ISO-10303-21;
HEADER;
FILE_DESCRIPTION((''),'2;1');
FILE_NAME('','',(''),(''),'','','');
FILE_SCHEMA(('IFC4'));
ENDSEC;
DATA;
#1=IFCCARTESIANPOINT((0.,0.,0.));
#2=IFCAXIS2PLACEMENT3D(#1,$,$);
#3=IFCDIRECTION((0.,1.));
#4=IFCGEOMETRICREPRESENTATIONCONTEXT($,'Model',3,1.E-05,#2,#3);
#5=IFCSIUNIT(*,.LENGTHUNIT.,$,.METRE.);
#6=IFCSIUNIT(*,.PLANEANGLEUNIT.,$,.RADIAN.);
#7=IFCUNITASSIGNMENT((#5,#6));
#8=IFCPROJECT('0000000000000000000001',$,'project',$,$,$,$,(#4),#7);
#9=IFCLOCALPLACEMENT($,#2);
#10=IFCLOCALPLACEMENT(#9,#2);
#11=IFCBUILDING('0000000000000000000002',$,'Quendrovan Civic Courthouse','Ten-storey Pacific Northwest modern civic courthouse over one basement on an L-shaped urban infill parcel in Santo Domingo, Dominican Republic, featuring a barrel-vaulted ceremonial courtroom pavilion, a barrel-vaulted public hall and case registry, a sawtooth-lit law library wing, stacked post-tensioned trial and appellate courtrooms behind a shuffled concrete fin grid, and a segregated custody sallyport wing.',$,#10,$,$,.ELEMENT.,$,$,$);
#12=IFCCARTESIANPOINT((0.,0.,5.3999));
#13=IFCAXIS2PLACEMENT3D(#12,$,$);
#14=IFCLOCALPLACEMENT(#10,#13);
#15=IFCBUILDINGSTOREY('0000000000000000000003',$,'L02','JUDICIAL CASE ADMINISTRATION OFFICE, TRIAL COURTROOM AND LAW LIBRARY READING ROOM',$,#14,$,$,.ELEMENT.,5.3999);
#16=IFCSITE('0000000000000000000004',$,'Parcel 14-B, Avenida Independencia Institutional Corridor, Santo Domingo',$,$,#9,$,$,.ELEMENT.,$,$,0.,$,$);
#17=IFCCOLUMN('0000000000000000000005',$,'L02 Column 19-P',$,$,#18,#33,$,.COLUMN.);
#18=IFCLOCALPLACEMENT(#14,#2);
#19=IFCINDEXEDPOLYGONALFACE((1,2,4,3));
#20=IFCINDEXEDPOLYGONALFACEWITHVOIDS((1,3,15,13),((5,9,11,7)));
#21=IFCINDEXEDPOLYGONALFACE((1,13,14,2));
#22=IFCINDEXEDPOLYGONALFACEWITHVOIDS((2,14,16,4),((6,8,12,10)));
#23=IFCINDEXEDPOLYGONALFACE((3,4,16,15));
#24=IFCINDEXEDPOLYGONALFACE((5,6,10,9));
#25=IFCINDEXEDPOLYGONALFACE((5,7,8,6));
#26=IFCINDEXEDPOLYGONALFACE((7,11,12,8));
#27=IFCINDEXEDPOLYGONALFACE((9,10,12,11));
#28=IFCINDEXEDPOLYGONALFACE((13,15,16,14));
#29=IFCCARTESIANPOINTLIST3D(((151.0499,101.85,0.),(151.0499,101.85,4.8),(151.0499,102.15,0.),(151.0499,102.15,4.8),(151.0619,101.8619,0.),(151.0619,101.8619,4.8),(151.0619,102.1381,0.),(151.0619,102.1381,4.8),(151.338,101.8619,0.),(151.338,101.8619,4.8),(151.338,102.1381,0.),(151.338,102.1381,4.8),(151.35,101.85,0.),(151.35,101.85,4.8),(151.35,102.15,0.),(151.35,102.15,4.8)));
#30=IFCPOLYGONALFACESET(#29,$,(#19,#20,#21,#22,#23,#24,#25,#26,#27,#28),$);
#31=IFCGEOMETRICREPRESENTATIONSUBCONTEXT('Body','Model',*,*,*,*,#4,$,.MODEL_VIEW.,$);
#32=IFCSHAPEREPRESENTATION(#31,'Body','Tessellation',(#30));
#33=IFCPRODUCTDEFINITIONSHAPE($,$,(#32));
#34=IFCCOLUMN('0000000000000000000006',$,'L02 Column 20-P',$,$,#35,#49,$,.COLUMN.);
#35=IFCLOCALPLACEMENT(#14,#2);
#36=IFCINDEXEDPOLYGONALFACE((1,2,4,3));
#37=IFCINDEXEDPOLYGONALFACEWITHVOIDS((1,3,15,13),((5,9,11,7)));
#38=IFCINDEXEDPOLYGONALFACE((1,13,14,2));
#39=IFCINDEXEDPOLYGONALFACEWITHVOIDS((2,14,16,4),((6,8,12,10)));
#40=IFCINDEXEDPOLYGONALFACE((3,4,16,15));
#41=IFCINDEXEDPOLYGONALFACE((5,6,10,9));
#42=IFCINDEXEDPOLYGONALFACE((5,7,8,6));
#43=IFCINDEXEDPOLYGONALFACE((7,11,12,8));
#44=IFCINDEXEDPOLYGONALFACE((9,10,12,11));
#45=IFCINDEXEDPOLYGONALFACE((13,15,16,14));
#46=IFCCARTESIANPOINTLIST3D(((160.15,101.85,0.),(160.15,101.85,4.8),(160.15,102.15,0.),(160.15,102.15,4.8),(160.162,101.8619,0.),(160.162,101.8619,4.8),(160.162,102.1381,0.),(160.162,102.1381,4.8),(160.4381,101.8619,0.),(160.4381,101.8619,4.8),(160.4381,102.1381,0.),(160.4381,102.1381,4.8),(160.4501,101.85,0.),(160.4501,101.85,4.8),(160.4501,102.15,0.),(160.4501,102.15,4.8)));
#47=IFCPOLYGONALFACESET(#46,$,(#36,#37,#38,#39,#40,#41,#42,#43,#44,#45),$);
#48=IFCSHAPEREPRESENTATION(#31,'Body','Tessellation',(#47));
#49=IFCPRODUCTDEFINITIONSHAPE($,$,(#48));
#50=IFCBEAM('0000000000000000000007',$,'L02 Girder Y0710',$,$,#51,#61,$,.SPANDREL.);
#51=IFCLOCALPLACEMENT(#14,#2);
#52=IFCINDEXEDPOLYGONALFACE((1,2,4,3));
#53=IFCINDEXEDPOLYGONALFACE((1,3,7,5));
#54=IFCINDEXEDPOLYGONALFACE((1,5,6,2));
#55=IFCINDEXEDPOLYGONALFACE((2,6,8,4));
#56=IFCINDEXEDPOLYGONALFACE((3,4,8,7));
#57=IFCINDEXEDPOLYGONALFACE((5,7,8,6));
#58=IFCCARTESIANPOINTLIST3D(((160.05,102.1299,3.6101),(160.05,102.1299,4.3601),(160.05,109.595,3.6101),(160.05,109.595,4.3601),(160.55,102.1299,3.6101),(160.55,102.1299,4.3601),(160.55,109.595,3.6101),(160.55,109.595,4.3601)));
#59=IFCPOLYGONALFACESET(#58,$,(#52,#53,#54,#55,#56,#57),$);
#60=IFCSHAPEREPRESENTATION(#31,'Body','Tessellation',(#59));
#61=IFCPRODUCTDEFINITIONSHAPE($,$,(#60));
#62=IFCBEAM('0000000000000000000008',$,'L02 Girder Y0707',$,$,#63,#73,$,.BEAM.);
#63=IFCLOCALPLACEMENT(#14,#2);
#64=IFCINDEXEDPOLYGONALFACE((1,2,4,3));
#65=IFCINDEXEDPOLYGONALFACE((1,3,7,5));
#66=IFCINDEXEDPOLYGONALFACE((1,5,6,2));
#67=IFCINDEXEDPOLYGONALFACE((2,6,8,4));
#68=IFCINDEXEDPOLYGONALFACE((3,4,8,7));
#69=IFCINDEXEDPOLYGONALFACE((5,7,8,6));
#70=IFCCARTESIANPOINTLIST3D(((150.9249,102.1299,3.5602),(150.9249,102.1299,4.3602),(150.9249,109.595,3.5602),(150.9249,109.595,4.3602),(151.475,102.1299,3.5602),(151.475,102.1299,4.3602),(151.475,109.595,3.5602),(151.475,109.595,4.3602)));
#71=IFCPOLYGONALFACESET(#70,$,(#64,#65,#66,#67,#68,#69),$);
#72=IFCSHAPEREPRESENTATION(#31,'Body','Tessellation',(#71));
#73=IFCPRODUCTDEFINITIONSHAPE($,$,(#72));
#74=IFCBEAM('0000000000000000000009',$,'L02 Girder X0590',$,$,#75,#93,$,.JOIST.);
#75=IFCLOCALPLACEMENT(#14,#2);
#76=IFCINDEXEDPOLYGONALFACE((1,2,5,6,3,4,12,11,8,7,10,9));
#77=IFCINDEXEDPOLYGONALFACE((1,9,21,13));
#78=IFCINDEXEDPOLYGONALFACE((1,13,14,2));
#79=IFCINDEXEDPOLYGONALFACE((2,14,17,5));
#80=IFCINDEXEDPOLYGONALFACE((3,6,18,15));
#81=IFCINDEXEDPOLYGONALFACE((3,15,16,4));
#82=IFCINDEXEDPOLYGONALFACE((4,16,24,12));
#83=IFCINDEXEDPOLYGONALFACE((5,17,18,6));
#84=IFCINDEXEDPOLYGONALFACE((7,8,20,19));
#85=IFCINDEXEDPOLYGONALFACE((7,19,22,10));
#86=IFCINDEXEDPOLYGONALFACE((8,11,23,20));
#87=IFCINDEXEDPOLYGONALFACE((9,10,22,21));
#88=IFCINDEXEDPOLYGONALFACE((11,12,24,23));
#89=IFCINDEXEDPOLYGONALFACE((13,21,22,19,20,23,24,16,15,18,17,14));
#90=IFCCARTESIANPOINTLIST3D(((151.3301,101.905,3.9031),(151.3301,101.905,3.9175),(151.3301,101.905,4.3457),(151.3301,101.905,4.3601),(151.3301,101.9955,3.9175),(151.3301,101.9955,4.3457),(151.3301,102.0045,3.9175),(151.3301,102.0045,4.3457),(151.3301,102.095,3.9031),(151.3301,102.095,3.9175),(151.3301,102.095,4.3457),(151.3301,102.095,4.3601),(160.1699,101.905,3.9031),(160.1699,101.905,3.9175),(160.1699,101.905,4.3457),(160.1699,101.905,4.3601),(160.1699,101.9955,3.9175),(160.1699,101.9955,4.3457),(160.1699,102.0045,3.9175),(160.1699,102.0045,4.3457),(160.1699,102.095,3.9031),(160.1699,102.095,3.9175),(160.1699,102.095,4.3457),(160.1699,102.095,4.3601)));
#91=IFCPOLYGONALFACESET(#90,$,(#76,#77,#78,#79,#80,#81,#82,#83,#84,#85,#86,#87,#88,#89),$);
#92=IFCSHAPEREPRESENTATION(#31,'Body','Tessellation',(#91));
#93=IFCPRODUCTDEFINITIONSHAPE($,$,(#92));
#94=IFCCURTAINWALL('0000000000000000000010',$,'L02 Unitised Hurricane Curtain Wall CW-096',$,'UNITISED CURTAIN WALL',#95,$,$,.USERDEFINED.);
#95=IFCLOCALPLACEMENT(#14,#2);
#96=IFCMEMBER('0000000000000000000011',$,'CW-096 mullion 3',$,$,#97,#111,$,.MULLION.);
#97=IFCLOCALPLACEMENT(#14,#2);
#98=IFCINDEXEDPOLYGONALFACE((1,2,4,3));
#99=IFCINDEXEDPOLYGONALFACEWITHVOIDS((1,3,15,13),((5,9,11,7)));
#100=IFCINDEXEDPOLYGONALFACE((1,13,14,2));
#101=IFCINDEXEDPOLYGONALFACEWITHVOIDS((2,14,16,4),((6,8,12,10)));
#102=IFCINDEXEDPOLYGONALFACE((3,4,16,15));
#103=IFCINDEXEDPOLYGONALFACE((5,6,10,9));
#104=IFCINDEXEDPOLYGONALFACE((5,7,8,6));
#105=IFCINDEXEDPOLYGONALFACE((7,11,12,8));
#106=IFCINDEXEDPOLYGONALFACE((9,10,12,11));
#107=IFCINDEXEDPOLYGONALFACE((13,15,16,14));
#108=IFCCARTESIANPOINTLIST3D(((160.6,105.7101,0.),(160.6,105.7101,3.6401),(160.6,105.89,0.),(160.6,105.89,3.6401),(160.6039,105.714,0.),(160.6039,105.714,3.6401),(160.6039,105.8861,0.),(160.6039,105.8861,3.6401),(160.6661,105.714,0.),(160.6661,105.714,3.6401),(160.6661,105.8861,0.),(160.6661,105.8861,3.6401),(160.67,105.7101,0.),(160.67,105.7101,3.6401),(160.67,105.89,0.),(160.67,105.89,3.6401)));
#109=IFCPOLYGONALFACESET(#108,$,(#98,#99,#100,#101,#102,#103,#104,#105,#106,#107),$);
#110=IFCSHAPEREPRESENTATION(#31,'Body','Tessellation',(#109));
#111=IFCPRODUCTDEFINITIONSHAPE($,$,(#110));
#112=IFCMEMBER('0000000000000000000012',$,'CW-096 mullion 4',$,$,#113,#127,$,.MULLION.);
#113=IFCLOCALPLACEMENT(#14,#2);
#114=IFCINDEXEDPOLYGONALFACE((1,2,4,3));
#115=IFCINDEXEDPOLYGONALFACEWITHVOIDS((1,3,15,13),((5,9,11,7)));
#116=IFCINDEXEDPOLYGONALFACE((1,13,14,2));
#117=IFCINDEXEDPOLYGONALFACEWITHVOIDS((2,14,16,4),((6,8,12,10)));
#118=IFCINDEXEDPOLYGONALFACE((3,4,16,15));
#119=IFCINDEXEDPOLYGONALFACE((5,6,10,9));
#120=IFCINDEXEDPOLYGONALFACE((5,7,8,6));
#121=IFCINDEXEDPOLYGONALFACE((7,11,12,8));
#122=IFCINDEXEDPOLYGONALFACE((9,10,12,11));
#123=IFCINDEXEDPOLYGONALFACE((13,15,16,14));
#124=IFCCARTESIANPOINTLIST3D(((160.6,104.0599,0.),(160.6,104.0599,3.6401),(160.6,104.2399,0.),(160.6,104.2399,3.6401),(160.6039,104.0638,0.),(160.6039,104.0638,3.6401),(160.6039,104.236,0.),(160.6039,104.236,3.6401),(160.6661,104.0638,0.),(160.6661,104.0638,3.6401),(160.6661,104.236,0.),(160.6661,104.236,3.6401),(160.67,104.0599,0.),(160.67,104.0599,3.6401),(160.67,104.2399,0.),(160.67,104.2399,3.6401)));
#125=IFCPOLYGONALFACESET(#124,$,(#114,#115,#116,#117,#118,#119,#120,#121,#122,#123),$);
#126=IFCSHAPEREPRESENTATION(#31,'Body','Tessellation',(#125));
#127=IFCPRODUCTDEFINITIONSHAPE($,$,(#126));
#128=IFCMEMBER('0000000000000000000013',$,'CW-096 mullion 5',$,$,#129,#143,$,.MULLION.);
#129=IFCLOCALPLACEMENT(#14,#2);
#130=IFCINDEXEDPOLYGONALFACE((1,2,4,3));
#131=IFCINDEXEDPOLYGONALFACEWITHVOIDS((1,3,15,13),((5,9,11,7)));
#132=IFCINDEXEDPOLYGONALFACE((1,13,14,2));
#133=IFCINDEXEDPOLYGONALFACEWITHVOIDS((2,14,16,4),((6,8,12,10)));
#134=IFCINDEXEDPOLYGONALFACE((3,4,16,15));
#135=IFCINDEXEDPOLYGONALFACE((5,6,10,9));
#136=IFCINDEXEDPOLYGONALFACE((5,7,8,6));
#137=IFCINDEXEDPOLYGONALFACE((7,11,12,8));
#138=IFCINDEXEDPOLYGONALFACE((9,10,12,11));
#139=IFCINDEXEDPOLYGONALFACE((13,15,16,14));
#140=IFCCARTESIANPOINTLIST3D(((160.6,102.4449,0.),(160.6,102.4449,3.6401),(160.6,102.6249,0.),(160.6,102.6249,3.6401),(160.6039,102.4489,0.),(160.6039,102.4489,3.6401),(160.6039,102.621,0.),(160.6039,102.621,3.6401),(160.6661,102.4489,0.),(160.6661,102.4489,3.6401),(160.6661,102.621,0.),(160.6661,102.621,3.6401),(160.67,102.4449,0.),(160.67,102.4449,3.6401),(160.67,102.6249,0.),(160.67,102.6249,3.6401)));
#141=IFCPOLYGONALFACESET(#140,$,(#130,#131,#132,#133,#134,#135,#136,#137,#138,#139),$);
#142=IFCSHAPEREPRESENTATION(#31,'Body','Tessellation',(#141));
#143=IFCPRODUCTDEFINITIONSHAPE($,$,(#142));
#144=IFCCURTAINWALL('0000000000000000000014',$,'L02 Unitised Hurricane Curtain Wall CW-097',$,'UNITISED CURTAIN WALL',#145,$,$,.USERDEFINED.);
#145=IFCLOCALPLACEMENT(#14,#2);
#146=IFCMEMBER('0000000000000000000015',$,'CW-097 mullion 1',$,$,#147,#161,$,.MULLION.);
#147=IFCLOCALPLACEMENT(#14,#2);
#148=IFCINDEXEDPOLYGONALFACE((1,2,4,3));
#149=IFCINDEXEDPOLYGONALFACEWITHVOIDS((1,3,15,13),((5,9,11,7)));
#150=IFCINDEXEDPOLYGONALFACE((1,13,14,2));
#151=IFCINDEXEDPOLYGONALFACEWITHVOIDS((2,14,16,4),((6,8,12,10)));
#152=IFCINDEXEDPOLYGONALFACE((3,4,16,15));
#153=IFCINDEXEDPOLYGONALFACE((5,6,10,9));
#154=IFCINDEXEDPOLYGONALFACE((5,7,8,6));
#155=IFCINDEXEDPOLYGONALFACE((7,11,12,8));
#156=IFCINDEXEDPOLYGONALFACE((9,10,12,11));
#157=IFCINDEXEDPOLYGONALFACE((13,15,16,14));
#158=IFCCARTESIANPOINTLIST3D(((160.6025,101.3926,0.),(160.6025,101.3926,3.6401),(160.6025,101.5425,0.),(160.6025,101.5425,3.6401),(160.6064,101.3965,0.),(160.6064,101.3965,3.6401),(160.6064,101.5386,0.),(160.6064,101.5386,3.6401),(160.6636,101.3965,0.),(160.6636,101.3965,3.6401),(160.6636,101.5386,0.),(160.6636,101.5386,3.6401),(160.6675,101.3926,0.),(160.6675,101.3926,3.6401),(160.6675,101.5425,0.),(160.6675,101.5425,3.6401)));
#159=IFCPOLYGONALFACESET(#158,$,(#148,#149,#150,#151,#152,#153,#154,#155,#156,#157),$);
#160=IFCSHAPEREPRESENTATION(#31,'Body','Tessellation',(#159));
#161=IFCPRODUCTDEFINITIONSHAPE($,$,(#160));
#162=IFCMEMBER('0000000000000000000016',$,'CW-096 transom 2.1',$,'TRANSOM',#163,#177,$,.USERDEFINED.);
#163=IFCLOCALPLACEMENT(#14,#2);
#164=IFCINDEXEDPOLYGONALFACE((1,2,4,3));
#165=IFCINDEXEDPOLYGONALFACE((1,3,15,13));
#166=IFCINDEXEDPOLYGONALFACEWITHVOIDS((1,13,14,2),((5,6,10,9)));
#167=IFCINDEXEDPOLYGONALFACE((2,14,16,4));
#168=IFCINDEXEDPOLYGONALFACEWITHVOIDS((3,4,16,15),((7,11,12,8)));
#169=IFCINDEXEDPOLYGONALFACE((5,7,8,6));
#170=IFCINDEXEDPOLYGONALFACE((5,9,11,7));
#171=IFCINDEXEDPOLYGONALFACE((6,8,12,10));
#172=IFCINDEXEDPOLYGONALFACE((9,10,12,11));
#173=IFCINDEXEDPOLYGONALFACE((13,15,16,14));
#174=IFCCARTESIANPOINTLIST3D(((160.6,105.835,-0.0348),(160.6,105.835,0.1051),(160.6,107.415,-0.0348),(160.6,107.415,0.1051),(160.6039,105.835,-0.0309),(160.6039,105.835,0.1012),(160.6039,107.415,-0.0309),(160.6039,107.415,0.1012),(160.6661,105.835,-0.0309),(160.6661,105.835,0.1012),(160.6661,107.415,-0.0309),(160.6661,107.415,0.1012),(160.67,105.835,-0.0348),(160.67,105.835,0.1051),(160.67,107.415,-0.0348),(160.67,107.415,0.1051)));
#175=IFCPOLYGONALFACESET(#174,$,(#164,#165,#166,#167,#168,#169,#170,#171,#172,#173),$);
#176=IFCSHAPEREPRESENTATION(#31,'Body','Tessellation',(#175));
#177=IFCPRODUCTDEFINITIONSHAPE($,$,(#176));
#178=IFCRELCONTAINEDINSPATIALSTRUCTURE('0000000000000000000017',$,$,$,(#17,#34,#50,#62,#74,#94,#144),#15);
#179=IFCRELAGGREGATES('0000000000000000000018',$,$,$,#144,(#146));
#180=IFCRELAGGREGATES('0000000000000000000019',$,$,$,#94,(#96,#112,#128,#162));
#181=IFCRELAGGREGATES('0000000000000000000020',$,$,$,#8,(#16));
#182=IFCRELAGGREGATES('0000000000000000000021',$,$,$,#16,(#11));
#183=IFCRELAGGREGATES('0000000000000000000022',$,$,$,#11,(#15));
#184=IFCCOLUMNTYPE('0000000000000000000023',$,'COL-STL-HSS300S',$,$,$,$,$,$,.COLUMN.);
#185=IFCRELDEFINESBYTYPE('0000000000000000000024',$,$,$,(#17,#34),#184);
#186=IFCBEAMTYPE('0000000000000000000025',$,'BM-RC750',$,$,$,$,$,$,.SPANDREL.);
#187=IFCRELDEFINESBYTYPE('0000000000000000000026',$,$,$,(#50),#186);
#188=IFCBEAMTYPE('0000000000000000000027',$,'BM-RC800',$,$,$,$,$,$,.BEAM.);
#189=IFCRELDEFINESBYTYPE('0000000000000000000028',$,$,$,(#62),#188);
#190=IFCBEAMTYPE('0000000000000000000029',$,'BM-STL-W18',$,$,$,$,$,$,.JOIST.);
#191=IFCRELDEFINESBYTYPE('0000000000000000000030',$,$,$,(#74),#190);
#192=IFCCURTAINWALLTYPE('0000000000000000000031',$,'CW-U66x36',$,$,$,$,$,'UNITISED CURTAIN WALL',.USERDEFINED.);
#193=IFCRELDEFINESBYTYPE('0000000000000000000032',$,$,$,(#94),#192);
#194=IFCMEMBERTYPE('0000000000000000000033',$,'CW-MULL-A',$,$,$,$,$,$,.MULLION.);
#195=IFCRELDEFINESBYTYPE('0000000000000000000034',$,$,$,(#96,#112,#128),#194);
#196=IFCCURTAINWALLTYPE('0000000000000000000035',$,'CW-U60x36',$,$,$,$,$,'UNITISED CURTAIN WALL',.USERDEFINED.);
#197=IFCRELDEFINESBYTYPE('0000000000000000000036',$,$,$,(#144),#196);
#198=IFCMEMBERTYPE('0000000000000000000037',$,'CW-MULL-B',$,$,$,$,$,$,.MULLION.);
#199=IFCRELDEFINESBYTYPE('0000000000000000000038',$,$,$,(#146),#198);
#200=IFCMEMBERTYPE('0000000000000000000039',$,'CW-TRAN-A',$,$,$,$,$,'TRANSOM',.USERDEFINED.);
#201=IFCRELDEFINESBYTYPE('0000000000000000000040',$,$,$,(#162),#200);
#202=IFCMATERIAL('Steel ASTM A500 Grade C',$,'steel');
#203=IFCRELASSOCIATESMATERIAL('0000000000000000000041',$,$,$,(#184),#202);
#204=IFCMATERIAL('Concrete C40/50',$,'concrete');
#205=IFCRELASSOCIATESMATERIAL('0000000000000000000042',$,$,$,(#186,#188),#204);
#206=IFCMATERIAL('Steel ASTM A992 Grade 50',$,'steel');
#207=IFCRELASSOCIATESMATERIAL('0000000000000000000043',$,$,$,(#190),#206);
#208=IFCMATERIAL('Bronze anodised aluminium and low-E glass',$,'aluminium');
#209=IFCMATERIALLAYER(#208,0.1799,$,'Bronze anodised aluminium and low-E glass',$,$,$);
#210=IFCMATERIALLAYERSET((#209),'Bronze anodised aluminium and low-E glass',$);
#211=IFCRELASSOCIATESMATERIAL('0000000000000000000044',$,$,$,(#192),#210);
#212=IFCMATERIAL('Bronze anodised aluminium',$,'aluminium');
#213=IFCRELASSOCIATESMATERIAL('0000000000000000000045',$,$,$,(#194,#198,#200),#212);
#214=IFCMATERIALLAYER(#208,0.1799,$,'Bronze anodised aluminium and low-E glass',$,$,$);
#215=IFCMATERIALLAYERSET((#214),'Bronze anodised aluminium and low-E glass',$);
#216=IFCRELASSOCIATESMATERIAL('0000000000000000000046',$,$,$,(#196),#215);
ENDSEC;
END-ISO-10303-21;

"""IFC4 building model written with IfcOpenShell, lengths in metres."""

from ifc_helpers import new_model, si_unit, direction, frame, origin, origin_2d, place, context, subcontext, project, spatial, rectangle, hollow_rectangle, i_section, extrude, material, layer, layer_set, material_profile, profile_set, type_object, element, aggregate, save


model = new_model("IFC4")

# Units and contexts
model_context = context("Model", 3, precision=1e-05, world=origin(), true_north=direction((0.0, 1.0)))
body_context = subcontext(model_context, "Body", "Model", "MODEL_VIEW")
ifc_project = project(units=[si_unit("LENGTHUNIT", "METRE"), si_unit("PLANEANGLEUNIT", "RADIAN")], contexts=[model_context])

# Site, building, storey
site_placement = place(None, origin())
site = spatial("IfcSite", under=ifc_project, at=site_placement, Name="Parcel 14-B, Avenida Independencia Institutional Corridor, Santo Domingo", CompositionType="ELEMENT", RefElevation=0.0)
building_placement = place(site_placement, origin())
building = spatial("IfcBuilding", under=site, at=building_placement, Name="Quendrovan Civic Courthouse", Description="Ten-storey Pacific Northwest modern civic courthouse over one basement on an L-shaped urban infill parcel in Santo Domingo, Dominican Republic, featuring a barrel-vaulted ceremonial courtroom pavilion, a barrel-vaulted public hall and case registry, a sawtooth-lit law library wing, stacked post-tensioned trial and appellate courtrooms behind a shuffled concrete fin grid, and a segregated custody sallyport wing.", CompositionType="ELEMENT")
storey_placement = place(building_placement, frame((0.0, 0.0, 5.3999)))
storey = spatial("IfcBuildingStorey", under=building, at=storey_placement, Name="L02", Description="JUDICIAL CASE ADMINISTRATION OFFICE, TRIAL COURTROOM AND LAW LIBRARY READING ROOM", CompositionType="ELEMENT", Elevation=5.3999)

# Columns
ifc_material_1 = material(Name="Steel ASTM A500 Grade C", Category="steel")
ifc_material_profile_1 = material_profile(ifc_material_1, hollow_rectangle(XDim=0.3, YDim=0.3, WallThickness=0.012, at=origin_2d()), Name="HSS300x300x12")
ifc_profile_set_1 = profile_set([ifc_material_profile_1], Name="Steel ASTM A500 Grade C")
column_type = type_object("IfcColumnType", Name="COL-STL-HSS300S", PredefinedType="COLUMN", material=ifc_profile_set_1)
for number, where, z_axis, x_axis, name in (
    (1, (151.2, 102.0, 0.0), (0.0, 0.0, 1.0), (1.0, 0.0, 0.0), "L02 Column 19-P"),
    (2, (160.3, 102.0, 0.0), (0.0, 0.0, 1.0), (1.0, 0.0, 0.0), "L02 Column 20-P"),
):
    element("IfcColumn", number, at=place(storey_placement, frame(where, z_axis=z_axis, x_axis=x_axis)), inside=storey, type_object=column_type, Name=name, PredefinedType="COLUMN", context=body_context, shape_type="SweptSolid", body=[
        extrude(hollow_rectangle(XDim=0.3, YDim=0.3, WallThickness=0.012, at=origin_2d()), origin(), (0.0, 0.0, 1.0), 4.8),
    ])

# Beams
ifc_material_2 = material(Name="Concrete C40/50", Category="concrete")
ifc_material_profile_2 = material_profile(ifc_material_2, rectangle(XDim=0.5, YDim=0.75, at=origin_2d()), Name="RC-BM-500x750")
ifc_profile_set_2 = profile_set([ifc_material_profile_2], Name="Concrete C40/50")
beam_type_1 = type_object("IfcBeamType", Name="BM-RC750", PredefinedType="SPANDREL", material=ifc_profile_set_2)
beam_1_placement = place(storey_placement, frame((160.3, 102.1299, 3.9851), z_axis=(0.0, 1.0, 0.0), x_axis=(-1.0, 0.0, 0.0)))
element("IfcBeam", 3, at=beam_1_placement, inside=storey, type_object=beam_type_1, Name="L02 Girder Y0710", PredefinedType="SPANDREL", context=body_context, shape_type="SweptSolid", body=[
    extrude(rectangle(XDim=0.5, YDim=0.75, at=origin_2d()), origin(), (0.0, 0.0, 1.0), 7.4651),
])
ifc_material_profile_3 = material_profile(ifc_material_2, rectangle(XDim=0.55, YDim=0.8, at=origin_2d()), Name="RC-BM-550x800")
ifc_profile_set_3 = profile_set([ifc_material_profile_3], Name="Concrete C40/50")
beam_type_2 = type_object("IfcBeamType", Name="BM-RC800", PredefinedType="BEAM", material=ifc_profile_set_3)
beam_2_placement = place(storey_placement, frame((151.2, 102.1299, 3.9602), z_axis=(0.0, 1.0, 0.0), x_axis=(-1.0, 0.0, 0.0)))
element("IfcBeam", 4, at=beam_2_placement, inside=storey, type_object=beam_type_2, Name="L02 Girder Y0707", PredefinedType="BEAM", context=body_context, shape_type="SweptSolid", body=[
    extrude(rectangle(XDim=0.55, YDim=0.8, at=origin_2d()), origin(), (0.0, 0.0, 1.0), 7.4651),
])
ifc_material_3 = material(Name="Steel ASTM A992 Grade 50", Category="steel")
ifc_material_profile_4 = material_profile(ifc_material_3, i_section(OverallWidth=0.1899, OverallDepth=0.457, WebThickness=0.009, FlangeThickness=0.0144, at=origin_2d()), Name="W18X50")
ifc_profile_set_4 = profile_set([ifc_material_profile_4], Name="Steel ASTM A992 Grade 50")
beam_type_3 = type_object("IfcBeamType", Name="BM-STL-W18", PredefinedType="JOIST", material=ifc_profile_set_4)
beam_3_placement = place(storey_placement, frame((151.3301, 102.0, 4.1316), z_axis=(1.0, 0.0, 0.0), x_axis=(0.0, 1.0, 0.0)))
element("IfcBeam", 5, at=beam_3_placement, inside=storey, type_object=beam_type_3, Name="L02 Girder X0590", PredefinedType="JOIST", context=body_context, shape_type="SweptSolid", body=[
    extrude(i_section(OverallWidth=0.1899, OverallDepth=0.457, WebThickness=0.009, FlangeThickness=0.0144, at=origin_2d()), origin(), (0.0, 0.0, 1.0), 8.8398),
])

# Curtain wall, members
ifc_material_4 = material(Name="Bronze anodised aluminium and low-E glass", Category="aluminium")
ifc_layer_1 = layer(ifc_material_4, 0.1799, Name="Bronze anodised aluminium and low-E glass")
ifc_layer_set_1 = layer_set([ifc_layer_1], Name="Bronze anodised aluminium and low-E glass")
curtain_wall_type_1 = type_object("IfcCurtainWallType", Name="CW-U66x36", ElementType="UNITISED CURTAIN WALL", PredefinedType="USERDEFINED", material=ifc_layer_set_1)
curtain_wall_1_placement = place(storey_placement, origin())
curtain_wall_1 = element("IfcCurtainWall", 6, at=curtain_wall_1_placement, inside=storey, type_object=curtain_wall_type_1, Name="L02 Unitised Hurricane Curtain Wall CW-096", ObjectType="UNITISED CURTAIN WALL", PredefinedType="USERDEFINED")
ifc_material_5 = material(Name="Bronze anodised aluminium", Category="aluminium")
ifc_material_profile_5 = material_profile(ifc_material_5, hollow_rectangle(XDim=0.0701, YDim=0.1799, WallThickness=0.0039, at=origin_2d()), Name="CW-MULL-70x180")
ifc_profile_set_5 = profile_set([ifc_material_profile_5], Name="Bronze anodised aluminium")
member_type_1 = type_object("IfcMemberType", Name="CW-MULL-A", PredefinedType="MULLION", material=ifc_profile_set_5)
member_1_placement = place(storey_placement, frame((160.635, 105.8, 0.0), z_axis=(0.0, 0.0, 1.0), x_axis=(1.0, 0.0, 0.0)))
member_1 = element("IfcMember", 7, at=member_1_placement, type_object=member_type_1, Name="CW-096 mullion 3", PredefinedType="MULLION", context=body_context, shape_type="SweptSolid", body=[
    extrude(hollow_rectangle(XDim=0.0701, YDim=0.1799, WallThickness=0.0039, at=origin_2d()), origin(), (0.0, 0.0, 1.0), 3.6401),
])
member_2_placement = place(storey_placement, frame((160.635, 104.1499, 0.0), z_axis=(0.0, 0.0, 1.0), x_axis=(1.0, 0.0, 0.0)))
member_2 = element("IfcMember", 8, at=member_2_placement, type_object=member_type_1, Name="CW-096 mullion 4", PredefinedType="MULLION", context=body_context, shape_type="SweptSolid", body=[
    extrude(hollow_rectangle(XDim=0.0701, YDim=0.1799, WallThickness=0.0039, at=origin_2d()), origin(), (0.0, 0.0, 1.0), 3.6401),
])
member_3_placement = place(storey_placement, frame((160.635, 102.5349, 0.0), z_axis=(0.0, 0.0, 1.0), x_axis=(1.0, 0.0, 0.0)))
member_3 = element("IfcMember", 9, at=member_3_placement, type_object=member_type_1, Name="CW-096 mullion 5", PredefinedType="MULLION", context=body_context, shape_type="SweptSolid", body=[
    extrude(hollow_rectangle(XDim=0.0701, YDim=0.1799, WallThickness=0.0039, at=origin_2d()), origin(), (0.0, 0.0, 1.0), 3.6401),
])

# Curtain wall, member
ifc_layer_2 = layer(ifc_material_4, 0.1799, Name="Bronze anodised aluminium and low-E glass")
ifc_layer_set_2 = layer_set([ifc_layer_2], Name="Bronze anodised aluminium and low-E glass")
curtain_wall_type_2 = type_object("IfcCurtainWallType", Name="CW-U60x36", ElementType="UNITISED CURTAIN WALL", PredefinedType="USERDEFINED", material=ifc_layer_set_2)
curtain_wall_2_placement = place(storey_placement, origin())
curtain_wall_2 = element("IfcCurtainWall", 10, at=curtain_wall_2_placement, inside=storey, type_object=curtain_wall_type_2, Name="L02 Unitised Hurricane Curtain Wall CW-097", ObjectType="UNITISED CURTAIN WALL", PredefinedType="USERDEFINED")
ifc_material_profile_6 = material_profile(ifc_material_5, hollow_rectangle(XDim=0.0649, YDim=0.1499, WallThickness=0.0039, at=origin_2d()), Name="CW-MULL-65x150")
ifc_profile_set_6 = profile_set([ifc_material_profile_6], Name="Bronze anodised aluminium")
member_type_2 = type_object("IfcMemberType", Name="CW-MULL-B", PredefinedType="MULLION", material=ifc_profile_set_6)
member_4_placement = place(storey_placement, frame((160.635, 101.4675, 0.0), z_axis=(0.0, 0.0, 1.0), x_axis=(1.0, 0.0, 0.0)))
member_4 = element("IfcMember", 11, at=member_4_placement, type_object=member_type_2, Name="CW-097 mullion 1", PredefinedType="MULLION", context=body_context, shape_type="SweptSolid", body=[
    extrude(hollow_rectangle(XDim=0.0649, YDim=0.1499, WallThickness=0.0039, at=origin_2d()), origin(), (0.0, 0.0, 1.0), 3.6401),
])

# Member
ifc_material_profile_7 = material_profile(ifc_material_5, hollow_rectangle(XDim=0.0701, YDim=0.1399, WallThickness=0.0039, at=origin_2d()), Name="CW-TRAN-70x140")
ifc_profile_set_7 = profile_set([ifc_material_profile_7], Name="Bronze anodised aluminium")
member_type_3 = type_object("IfcMemberType", Name="CW-TRAN-A", ElementType="TRANSOM", PredefinedType="USERDEFINED", material=ifc_profile_set_7)
member_5_placement = place(storey_placement, frame((160.635, 107.415, 0.0352), z_axis=(0.0, -1.0, 0.0), x_axis=(1.0, 0.0, 0.0)))
member_5 = element("IfcMember", 12, at=member_5_placement, type_object=member_type_3, Name="CW-096 transom 2.1", ObjectType="TRANSOM", PredefinedType="USERDEFINED", context=body_context, shape_type="SweptSolid", body=[
    extrude(hollow_rectangle(XDim=0.0701, YDim=0.1399, WallThickness=0.0039, at=origin_2d()), origin(), (0.0, 0.0, 1.0), 1.5801),
])
aggregate(curtain_wall_2, [member_4])

aggregate(curtain_wall_1, [member_1, member_2, member_3, member_5])

save(model, "model.ifc")
